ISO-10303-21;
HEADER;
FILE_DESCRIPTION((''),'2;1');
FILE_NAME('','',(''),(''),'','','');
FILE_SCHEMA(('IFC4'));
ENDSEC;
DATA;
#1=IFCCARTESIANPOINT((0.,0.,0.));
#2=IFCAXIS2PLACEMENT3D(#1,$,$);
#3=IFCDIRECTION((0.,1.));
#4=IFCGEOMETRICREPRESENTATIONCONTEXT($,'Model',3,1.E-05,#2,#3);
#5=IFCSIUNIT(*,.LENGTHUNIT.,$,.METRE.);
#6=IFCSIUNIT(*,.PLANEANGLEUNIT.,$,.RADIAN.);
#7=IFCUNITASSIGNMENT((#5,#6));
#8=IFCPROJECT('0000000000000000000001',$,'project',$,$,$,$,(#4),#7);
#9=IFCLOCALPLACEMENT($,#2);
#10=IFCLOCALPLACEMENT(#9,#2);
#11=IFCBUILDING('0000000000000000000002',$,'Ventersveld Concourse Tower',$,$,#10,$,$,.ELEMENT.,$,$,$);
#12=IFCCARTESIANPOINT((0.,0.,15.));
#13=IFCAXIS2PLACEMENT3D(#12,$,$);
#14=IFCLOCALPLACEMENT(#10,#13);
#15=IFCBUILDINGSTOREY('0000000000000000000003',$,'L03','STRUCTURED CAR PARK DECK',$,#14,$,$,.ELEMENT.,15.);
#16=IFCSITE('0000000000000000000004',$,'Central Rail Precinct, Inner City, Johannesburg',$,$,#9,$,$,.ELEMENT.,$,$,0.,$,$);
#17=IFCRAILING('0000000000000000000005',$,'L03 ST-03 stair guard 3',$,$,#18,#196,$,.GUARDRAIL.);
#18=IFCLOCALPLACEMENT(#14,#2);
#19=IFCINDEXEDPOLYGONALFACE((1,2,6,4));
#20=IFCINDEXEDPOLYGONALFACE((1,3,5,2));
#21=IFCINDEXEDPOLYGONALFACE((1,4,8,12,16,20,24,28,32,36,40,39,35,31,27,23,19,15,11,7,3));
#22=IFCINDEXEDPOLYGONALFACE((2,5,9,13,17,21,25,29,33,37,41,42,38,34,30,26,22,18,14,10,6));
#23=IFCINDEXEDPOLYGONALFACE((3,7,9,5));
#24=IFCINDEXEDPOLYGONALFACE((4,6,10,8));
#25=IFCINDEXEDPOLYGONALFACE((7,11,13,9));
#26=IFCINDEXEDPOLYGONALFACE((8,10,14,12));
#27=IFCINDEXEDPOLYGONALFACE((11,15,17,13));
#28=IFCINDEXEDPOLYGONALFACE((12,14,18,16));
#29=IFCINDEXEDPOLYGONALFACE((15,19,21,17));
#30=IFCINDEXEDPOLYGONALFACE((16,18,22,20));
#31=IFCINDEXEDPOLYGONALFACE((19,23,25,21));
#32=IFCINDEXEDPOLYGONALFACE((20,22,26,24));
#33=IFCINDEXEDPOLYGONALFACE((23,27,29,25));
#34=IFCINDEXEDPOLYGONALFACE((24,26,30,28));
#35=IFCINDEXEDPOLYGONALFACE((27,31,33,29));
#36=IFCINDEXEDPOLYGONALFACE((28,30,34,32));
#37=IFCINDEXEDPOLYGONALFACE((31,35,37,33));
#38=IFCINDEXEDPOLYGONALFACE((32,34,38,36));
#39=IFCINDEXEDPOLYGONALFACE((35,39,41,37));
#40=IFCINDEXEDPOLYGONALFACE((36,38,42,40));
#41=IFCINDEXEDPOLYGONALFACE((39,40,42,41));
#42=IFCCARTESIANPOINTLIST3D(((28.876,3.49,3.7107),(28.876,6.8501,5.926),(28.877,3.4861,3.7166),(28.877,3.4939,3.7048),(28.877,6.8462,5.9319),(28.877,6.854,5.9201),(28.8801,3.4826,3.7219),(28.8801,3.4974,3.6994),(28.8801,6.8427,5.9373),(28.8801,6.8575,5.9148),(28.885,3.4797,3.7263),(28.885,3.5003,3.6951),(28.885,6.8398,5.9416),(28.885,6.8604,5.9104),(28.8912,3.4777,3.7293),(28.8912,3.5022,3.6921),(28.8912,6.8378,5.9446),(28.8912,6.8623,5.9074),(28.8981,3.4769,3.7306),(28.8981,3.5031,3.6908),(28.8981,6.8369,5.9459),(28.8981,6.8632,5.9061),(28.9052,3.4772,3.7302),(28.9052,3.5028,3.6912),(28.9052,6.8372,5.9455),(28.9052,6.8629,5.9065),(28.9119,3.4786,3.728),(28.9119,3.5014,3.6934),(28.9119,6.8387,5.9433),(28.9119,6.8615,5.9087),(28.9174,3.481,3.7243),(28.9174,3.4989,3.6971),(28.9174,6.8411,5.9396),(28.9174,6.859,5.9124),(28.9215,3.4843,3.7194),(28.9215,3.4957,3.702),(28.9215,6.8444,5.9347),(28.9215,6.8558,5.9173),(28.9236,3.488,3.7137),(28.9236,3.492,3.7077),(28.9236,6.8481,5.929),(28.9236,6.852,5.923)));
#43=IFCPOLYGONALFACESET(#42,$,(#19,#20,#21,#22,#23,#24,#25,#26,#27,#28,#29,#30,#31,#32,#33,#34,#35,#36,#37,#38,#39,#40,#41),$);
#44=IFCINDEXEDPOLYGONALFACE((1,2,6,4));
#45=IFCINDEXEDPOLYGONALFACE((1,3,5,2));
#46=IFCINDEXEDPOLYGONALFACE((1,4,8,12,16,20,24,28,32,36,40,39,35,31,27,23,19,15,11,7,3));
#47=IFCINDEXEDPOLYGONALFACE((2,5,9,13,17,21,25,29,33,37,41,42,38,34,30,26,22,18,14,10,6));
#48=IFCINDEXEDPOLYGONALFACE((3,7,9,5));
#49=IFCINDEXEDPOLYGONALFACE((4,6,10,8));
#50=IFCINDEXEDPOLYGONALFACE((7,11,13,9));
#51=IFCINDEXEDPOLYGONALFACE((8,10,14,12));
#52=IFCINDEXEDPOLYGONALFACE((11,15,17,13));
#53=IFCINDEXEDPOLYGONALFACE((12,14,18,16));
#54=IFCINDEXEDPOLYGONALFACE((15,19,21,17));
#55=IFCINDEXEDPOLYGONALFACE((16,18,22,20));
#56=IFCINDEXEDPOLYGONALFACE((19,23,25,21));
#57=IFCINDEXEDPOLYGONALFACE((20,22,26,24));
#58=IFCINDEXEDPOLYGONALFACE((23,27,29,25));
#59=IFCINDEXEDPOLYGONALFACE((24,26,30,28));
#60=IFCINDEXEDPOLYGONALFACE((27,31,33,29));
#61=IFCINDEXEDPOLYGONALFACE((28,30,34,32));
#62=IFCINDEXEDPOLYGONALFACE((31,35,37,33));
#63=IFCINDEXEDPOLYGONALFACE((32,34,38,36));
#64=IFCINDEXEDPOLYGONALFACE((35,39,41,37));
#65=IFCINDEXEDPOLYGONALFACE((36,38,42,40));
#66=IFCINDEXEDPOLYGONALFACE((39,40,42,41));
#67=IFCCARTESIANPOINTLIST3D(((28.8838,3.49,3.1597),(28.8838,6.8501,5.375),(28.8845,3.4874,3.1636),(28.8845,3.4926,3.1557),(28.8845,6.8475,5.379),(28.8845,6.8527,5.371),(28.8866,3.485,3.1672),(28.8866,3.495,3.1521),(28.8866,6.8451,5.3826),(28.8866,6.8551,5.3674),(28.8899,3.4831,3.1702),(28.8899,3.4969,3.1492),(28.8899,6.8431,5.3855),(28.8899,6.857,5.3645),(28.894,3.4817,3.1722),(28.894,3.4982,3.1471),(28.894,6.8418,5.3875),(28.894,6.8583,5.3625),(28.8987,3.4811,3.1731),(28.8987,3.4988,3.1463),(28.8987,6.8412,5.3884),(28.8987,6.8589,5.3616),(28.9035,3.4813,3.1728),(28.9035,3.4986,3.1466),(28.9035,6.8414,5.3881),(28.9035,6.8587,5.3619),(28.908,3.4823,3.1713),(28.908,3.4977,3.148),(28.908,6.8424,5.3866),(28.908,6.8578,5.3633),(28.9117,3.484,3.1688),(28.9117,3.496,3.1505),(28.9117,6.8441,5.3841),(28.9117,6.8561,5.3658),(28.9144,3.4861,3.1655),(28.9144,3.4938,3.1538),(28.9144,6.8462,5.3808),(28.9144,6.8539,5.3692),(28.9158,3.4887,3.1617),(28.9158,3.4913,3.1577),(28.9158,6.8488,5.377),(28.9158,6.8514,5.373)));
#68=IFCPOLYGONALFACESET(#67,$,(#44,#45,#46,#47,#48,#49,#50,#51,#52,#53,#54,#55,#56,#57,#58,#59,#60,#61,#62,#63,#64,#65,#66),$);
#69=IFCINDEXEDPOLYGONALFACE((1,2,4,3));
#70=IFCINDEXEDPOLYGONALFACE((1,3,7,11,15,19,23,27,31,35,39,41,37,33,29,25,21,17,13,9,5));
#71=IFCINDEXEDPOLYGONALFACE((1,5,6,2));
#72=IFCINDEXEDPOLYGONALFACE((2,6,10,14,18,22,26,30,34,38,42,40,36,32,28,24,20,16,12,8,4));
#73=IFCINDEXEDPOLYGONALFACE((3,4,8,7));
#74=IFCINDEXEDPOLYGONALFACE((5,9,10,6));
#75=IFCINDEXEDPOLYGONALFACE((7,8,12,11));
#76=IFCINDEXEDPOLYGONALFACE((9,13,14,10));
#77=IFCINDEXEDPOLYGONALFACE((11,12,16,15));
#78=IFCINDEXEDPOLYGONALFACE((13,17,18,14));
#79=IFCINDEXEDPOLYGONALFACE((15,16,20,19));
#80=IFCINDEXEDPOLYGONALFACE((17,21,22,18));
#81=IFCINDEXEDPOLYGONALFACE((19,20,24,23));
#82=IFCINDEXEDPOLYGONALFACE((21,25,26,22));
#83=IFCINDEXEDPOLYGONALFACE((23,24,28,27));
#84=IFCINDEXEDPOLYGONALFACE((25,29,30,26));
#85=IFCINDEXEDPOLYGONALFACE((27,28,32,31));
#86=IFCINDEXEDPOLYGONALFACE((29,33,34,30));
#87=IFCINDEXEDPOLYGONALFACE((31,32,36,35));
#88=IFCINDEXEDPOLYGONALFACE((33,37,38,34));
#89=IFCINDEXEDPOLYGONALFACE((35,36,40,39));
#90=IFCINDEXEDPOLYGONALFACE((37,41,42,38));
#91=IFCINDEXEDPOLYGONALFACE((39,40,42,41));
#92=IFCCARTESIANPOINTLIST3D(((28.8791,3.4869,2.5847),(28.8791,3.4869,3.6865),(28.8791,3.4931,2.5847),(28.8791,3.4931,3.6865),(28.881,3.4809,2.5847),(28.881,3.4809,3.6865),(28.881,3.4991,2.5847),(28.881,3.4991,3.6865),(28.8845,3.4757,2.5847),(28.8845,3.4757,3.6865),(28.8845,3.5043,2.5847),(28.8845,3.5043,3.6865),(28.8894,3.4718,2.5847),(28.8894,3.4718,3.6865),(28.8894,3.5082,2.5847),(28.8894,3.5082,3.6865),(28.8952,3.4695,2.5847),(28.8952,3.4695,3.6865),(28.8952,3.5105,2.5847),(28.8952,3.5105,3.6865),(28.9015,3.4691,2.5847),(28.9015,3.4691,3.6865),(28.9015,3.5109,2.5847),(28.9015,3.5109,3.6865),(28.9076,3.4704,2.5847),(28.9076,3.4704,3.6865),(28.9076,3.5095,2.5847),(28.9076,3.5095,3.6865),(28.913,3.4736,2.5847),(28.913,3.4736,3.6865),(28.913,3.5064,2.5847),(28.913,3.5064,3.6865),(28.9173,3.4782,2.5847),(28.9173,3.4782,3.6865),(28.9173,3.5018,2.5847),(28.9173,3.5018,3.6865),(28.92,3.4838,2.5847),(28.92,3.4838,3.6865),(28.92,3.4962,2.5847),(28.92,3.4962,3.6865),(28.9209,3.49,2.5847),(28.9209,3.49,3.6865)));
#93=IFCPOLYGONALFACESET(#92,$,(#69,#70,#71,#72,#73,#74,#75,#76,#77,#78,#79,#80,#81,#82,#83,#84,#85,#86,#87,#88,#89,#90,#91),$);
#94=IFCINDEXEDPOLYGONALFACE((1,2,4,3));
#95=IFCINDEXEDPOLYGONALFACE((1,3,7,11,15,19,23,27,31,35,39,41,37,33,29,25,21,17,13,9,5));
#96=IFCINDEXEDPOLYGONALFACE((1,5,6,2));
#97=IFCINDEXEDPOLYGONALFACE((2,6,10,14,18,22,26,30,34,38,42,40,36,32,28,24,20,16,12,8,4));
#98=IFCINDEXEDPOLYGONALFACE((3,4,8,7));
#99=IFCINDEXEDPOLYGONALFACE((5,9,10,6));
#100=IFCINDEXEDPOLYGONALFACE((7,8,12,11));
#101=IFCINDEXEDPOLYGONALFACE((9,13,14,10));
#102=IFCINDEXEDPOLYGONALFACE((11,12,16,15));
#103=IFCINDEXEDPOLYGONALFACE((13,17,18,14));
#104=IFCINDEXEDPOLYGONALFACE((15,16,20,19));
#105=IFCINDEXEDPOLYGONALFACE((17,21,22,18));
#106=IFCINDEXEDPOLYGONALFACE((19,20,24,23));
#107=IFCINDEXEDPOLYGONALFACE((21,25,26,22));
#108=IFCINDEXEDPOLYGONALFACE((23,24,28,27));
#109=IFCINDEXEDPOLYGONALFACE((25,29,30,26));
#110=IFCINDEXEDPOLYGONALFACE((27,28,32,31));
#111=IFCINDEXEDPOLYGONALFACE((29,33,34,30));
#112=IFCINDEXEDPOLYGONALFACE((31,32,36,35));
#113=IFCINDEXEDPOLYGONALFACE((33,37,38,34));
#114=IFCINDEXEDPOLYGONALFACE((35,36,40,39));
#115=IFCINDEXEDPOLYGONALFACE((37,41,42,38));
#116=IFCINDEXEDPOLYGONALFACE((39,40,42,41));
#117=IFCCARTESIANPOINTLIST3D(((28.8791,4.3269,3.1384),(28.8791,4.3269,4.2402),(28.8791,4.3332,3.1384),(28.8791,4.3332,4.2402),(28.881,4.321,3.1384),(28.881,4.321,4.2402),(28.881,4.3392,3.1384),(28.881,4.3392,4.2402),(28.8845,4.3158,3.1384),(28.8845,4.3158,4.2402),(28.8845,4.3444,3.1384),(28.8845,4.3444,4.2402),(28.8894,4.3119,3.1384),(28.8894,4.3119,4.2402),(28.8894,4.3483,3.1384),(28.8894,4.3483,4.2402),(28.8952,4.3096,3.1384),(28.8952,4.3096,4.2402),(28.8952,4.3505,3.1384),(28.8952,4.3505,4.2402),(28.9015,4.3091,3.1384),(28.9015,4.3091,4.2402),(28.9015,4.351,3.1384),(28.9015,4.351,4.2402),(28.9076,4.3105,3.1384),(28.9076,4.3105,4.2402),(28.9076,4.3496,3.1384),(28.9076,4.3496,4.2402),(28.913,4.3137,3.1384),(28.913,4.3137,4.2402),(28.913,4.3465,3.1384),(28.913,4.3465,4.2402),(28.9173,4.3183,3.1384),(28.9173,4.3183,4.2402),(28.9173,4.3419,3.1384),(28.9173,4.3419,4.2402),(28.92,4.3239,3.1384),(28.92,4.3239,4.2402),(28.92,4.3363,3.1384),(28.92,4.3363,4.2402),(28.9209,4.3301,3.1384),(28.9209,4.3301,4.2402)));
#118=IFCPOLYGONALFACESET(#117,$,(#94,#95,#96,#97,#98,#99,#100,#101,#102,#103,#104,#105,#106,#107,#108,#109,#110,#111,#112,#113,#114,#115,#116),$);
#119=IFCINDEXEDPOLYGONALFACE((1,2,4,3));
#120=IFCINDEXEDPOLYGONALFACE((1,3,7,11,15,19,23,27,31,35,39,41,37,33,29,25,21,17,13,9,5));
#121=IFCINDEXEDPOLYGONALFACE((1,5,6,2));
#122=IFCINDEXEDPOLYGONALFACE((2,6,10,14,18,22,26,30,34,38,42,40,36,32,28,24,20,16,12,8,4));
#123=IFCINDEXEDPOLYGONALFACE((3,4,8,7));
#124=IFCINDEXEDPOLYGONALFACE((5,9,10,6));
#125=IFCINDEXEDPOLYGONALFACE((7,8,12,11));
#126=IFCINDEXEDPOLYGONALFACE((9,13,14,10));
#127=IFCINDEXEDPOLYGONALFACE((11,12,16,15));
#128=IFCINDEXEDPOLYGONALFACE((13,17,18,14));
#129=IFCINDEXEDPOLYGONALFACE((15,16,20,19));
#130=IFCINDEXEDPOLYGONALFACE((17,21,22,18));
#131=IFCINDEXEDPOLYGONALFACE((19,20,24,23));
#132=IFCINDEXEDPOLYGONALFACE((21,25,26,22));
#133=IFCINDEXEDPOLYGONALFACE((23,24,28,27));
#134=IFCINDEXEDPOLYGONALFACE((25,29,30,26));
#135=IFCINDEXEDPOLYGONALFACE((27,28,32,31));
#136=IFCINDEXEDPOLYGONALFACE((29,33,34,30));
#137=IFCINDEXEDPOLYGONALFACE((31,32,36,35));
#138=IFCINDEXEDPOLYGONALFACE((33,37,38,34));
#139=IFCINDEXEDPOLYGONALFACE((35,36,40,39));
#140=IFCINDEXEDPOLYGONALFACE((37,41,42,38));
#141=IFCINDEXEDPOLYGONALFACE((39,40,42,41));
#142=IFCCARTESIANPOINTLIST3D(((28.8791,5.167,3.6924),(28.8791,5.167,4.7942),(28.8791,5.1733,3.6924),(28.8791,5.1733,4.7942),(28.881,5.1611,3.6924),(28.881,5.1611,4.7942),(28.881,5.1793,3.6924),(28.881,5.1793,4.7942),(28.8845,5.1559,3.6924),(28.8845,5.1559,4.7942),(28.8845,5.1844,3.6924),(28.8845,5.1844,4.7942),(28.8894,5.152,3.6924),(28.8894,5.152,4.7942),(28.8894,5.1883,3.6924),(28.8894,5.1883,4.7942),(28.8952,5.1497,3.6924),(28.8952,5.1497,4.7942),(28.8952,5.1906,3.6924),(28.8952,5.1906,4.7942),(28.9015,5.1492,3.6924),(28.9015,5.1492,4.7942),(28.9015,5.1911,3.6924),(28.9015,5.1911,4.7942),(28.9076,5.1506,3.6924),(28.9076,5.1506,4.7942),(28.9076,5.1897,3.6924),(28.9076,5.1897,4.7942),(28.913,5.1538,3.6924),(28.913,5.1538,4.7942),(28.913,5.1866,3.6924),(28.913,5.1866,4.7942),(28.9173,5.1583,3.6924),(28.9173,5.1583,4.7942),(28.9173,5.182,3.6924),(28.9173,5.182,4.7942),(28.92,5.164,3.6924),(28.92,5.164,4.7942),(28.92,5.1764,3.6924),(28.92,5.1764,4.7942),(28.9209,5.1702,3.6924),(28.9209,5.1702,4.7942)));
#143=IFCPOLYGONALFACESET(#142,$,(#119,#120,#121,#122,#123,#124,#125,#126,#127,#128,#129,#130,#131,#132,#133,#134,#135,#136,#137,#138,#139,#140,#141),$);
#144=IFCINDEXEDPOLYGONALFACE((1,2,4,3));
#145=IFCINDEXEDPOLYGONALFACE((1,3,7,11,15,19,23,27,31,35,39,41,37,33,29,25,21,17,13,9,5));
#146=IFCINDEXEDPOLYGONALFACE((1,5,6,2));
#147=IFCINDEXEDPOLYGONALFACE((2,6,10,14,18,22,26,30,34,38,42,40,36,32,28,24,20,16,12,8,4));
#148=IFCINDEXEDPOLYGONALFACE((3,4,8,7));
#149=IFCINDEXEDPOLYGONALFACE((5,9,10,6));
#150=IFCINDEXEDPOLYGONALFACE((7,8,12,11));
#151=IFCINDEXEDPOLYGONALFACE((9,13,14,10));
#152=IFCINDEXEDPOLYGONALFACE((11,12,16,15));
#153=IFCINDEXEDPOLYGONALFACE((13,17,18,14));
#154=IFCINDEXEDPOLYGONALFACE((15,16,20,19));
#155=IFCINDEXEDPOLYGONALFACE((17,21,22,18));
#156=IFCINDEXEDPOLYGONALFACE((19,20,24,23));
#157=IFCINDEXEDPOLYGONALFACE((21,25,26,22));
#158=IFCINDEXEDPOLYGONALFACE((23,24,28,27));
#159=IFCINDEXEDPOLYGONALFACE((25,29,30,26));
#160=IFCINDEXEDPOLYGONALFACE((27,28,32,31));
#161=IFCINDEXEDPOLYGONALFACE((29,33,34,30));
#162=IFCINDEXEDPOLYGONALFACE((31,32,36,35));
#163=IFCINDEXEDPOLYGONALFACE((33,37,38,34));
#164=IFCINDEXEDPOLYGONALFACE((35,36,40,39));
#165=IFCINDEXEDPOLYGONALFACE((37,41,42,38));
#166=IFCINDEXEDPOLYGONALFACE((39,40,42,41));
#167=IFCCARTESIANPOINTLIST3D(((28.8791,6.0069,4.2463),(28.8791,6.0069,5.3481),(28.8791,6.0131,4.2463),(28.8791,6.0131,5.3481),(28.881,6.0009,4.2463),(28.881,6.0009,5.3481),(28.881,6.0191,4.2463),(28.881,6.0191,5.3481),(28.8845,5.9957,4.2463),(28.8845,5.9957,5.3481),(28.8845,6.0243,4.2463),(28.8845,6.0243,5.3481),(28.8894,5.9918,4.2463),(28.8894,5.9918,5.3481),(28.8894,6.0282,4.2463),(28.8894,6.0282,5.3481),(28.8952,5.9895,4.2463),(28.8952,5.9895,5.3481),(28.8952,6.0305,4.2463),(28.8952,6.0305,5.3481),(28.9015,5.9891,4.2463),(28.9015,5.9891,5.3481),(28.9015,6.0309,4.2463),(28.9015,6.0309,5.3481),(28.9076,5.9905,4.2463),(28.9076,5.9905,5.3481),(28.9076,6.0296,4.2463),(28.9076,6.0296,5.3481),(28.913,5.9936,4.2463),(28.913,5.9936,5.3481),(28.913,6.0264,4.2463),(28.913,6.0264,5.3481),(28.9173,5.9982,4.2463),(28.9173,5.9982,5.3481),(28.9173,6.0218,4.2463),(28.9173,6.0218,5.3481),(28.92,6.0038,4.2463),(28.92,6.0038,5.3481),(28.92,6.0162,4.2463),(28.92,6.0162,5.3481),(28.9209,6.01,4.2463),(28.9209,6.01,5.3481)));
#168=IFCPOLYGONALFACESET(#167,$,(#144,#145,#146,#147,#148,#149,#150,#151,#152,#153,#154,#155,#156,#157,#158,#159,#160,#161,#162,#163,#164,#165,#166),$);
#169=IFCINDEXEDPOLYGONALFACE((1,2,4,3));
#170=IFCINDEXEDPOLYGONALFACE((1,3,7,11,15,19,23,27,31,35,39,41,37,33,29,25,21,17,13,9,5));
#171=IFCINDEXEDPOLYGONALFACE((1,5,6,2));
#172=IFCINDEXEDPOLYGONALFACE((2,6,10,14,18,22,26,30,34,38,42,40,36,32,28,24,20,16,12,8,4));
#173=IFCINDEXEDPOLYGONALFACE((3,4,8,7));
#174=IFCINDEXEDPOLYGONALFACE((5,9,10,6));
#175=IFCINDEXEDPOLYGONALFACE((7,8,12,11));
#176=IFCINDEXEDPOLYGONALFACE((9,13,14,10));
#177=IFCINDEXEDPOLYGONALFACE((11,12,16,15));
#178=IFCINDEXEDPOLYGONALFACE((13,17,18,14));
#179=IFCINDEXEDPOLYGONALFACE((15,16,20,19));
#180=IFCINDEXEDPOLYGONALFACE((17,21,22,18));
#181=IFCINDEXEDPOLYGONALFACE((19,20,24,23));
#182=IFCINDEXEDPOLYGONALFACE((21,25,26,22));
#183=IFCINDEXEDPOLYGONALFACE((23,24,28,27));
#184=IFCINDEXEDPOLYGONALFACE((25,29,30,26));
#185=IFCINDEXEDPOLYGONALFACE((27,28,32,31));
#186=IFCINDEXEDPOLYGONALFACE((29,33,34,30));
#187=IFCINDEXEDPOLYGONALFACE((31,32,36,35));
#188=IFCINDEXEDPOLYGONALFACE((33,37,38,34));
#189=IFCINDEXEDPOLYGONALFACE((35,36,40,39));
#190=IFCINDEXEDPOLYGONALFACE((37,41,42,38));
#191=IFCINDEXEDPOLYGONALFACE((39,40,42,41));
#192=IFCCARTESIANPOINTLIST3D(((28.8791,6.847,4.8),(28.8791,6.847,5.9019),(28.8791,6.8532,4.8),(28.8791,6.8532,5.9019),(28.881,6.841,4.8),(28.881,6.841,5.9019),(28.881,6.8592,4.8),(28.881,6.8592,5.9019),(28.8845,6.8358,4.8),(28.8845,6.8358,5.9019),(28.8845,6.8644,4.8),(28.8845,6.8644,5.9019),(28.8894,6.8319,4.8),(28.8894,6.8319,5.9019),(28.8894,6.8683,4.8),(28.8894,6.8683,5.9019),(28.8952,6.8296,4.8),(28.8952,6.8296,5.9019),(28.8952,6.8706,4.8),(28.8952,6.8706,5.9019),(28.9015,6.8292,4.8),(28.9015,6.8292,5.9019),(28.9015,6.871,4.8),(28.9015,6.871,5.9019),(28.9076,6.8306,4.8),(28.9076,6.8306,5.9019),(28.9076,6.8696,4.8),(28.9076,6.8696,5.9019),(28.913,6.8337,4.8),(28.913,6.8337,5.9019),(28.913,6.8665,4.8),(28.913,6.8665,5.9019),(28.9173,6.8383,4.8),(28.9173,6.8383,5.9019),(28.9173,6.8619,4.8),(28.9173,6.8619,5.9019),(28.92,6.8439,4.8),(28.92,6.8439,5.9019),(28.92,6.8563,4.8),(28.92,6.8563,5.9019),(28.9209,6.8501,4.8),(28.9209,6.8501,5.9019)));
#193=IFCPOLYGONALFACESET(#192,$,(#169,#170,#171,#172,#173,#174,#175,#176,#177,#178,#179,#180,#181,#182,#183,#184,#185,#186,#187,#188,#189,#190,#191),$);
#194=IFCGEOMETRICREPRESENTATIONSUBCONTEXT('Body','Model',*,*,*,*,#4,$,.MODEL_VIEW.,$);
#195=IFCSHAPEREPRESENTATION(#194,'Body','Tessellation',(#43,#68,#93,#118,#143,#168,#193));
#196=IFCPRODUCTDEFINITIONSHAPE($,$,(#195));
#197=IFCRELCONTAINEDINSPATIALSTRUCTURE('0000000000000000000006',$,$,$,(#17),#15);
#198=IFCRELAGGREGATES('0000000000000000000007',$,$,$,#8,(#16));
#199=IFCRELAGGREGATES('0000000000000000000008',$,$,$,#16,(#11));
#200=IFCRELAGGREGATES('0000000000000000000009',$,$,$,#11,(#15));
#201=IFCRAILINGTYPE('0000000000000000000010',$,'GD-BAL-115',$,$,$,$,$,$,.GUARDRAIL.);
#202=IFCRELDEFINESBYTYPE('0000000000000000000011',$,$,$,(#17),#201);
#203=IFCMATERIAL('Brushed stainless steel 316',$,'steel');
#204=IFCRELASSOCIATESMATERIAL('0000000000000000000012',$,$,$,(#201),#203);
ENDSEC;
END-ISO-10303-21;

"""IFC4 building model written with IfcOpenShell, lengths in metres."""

from ifc_helpers import new_model, si_unit, direction, frame, origin, origin_2d, place, context, subcontext, project, spatial, circle, extrude, material, type_object, element, save


model = new_model("IFC4")

# Units and contexts
model_context = context("Model", 3, precision=1e-05, world=origin(), true_north=direction((0.0, 1.0)))
body_context = subcontext(model_context, "Body", "Model", "MODEL_VIEW")
ifc_project = project(units=[si_unit("LENGTHUNIT", "METRE"), si_unit("PLANEANGLEUNIT", "RADIAN")], contexts=[model_context])

# Site, building, storey
site_placement = place(None, origin())
site = spatial("IfcSite", under=ifc_project, at=site_placement, Name="Central Rail Precinct, Inner City, Johannesburg", CompositionType="ELEMENT", RefElevation=0.0)
building_placement = place(site_placement, origin())
building = spatial("IfcBuilding", under=site, at=building_placement, Name="Ventersveld Concourse Tower", CompositionType="ELEMENT")
storey_placement = place(building_placement, frame((0.0, 0.0, 15.0)))
storey = spatial("IfcBuildingStorey", under=building, at=storey_placement, Name="L03", Description="STRUCTURED CAR PARK DECK", CompositionType="ELEMENT", Elevation=15.0)

# Railing
ifc_material_1 = material(Name="Brushed stainless steel 316", Category="steel")
railing_type_1 = type_object("IfcRailingType", Name="GD-BAL-115", PredefinedType="GUARDRAIL", material=ifc_material_1)
railing_1_placement = place(storey_placement, frame((28.8999, 3.49, 2.5847)))
element("IfcRailing", 1, at=railing_1_placement, inside=storey, type_object=railing_type_1, Name="L03 ST-03 stair guard 3", PredefinedType="GUARDRAIL", context=body_context, shape_type="SweptSolid", body=[
    extrude(circle(Radius=0.0239, at=origin_2d()), frame((0.0, 0.0, 1.126), z_axis=(0.0, 0.834876, 0.550437), x_axis=(-1.0, 0.0, 0.0)), (0.0, 0.0, 1.0), 4.0247),
    extrude(circle(Radius=0.0161, at=origin_2d()), frame((0.0, 0.0, 0.575), z_axis=(0.0, 0.834876, 0.550437), x_axis=(-1.0, 0.0, 0.0)), (0.0, 0.0, 1.0), 4.0247),
    extrude(circle(Radius=0.021, at=origin_2d()), origin(), (0.0, 0.0, 1.0), 1.1018),
    extrude(circle(Radius=0.021, at=origin_2d()), frame((0.0, 0.8401, 0.5537)), (0.0, 0.0, 1.0), 1.1018),
    extrude(circle(Radius=0.021, at=origin_2d()), frame((0.0, 1.6802, 1.1077)), (0.0, 0.0, 1.0), 1.1018),
    extrude(circle(Radius=0.021, at=origin_2d()), frame((0.0, 2.52, 1.6616)), (0.0, 0.0, 1.0), 1.1018),
    extrude(circle(Radius=0.021, at=origin_2d()), frame((0.0, 3.3601, 2.2153)), (0.0, 0.0, 1.0), 1.1018),
])

save(model, "model.ifc")
